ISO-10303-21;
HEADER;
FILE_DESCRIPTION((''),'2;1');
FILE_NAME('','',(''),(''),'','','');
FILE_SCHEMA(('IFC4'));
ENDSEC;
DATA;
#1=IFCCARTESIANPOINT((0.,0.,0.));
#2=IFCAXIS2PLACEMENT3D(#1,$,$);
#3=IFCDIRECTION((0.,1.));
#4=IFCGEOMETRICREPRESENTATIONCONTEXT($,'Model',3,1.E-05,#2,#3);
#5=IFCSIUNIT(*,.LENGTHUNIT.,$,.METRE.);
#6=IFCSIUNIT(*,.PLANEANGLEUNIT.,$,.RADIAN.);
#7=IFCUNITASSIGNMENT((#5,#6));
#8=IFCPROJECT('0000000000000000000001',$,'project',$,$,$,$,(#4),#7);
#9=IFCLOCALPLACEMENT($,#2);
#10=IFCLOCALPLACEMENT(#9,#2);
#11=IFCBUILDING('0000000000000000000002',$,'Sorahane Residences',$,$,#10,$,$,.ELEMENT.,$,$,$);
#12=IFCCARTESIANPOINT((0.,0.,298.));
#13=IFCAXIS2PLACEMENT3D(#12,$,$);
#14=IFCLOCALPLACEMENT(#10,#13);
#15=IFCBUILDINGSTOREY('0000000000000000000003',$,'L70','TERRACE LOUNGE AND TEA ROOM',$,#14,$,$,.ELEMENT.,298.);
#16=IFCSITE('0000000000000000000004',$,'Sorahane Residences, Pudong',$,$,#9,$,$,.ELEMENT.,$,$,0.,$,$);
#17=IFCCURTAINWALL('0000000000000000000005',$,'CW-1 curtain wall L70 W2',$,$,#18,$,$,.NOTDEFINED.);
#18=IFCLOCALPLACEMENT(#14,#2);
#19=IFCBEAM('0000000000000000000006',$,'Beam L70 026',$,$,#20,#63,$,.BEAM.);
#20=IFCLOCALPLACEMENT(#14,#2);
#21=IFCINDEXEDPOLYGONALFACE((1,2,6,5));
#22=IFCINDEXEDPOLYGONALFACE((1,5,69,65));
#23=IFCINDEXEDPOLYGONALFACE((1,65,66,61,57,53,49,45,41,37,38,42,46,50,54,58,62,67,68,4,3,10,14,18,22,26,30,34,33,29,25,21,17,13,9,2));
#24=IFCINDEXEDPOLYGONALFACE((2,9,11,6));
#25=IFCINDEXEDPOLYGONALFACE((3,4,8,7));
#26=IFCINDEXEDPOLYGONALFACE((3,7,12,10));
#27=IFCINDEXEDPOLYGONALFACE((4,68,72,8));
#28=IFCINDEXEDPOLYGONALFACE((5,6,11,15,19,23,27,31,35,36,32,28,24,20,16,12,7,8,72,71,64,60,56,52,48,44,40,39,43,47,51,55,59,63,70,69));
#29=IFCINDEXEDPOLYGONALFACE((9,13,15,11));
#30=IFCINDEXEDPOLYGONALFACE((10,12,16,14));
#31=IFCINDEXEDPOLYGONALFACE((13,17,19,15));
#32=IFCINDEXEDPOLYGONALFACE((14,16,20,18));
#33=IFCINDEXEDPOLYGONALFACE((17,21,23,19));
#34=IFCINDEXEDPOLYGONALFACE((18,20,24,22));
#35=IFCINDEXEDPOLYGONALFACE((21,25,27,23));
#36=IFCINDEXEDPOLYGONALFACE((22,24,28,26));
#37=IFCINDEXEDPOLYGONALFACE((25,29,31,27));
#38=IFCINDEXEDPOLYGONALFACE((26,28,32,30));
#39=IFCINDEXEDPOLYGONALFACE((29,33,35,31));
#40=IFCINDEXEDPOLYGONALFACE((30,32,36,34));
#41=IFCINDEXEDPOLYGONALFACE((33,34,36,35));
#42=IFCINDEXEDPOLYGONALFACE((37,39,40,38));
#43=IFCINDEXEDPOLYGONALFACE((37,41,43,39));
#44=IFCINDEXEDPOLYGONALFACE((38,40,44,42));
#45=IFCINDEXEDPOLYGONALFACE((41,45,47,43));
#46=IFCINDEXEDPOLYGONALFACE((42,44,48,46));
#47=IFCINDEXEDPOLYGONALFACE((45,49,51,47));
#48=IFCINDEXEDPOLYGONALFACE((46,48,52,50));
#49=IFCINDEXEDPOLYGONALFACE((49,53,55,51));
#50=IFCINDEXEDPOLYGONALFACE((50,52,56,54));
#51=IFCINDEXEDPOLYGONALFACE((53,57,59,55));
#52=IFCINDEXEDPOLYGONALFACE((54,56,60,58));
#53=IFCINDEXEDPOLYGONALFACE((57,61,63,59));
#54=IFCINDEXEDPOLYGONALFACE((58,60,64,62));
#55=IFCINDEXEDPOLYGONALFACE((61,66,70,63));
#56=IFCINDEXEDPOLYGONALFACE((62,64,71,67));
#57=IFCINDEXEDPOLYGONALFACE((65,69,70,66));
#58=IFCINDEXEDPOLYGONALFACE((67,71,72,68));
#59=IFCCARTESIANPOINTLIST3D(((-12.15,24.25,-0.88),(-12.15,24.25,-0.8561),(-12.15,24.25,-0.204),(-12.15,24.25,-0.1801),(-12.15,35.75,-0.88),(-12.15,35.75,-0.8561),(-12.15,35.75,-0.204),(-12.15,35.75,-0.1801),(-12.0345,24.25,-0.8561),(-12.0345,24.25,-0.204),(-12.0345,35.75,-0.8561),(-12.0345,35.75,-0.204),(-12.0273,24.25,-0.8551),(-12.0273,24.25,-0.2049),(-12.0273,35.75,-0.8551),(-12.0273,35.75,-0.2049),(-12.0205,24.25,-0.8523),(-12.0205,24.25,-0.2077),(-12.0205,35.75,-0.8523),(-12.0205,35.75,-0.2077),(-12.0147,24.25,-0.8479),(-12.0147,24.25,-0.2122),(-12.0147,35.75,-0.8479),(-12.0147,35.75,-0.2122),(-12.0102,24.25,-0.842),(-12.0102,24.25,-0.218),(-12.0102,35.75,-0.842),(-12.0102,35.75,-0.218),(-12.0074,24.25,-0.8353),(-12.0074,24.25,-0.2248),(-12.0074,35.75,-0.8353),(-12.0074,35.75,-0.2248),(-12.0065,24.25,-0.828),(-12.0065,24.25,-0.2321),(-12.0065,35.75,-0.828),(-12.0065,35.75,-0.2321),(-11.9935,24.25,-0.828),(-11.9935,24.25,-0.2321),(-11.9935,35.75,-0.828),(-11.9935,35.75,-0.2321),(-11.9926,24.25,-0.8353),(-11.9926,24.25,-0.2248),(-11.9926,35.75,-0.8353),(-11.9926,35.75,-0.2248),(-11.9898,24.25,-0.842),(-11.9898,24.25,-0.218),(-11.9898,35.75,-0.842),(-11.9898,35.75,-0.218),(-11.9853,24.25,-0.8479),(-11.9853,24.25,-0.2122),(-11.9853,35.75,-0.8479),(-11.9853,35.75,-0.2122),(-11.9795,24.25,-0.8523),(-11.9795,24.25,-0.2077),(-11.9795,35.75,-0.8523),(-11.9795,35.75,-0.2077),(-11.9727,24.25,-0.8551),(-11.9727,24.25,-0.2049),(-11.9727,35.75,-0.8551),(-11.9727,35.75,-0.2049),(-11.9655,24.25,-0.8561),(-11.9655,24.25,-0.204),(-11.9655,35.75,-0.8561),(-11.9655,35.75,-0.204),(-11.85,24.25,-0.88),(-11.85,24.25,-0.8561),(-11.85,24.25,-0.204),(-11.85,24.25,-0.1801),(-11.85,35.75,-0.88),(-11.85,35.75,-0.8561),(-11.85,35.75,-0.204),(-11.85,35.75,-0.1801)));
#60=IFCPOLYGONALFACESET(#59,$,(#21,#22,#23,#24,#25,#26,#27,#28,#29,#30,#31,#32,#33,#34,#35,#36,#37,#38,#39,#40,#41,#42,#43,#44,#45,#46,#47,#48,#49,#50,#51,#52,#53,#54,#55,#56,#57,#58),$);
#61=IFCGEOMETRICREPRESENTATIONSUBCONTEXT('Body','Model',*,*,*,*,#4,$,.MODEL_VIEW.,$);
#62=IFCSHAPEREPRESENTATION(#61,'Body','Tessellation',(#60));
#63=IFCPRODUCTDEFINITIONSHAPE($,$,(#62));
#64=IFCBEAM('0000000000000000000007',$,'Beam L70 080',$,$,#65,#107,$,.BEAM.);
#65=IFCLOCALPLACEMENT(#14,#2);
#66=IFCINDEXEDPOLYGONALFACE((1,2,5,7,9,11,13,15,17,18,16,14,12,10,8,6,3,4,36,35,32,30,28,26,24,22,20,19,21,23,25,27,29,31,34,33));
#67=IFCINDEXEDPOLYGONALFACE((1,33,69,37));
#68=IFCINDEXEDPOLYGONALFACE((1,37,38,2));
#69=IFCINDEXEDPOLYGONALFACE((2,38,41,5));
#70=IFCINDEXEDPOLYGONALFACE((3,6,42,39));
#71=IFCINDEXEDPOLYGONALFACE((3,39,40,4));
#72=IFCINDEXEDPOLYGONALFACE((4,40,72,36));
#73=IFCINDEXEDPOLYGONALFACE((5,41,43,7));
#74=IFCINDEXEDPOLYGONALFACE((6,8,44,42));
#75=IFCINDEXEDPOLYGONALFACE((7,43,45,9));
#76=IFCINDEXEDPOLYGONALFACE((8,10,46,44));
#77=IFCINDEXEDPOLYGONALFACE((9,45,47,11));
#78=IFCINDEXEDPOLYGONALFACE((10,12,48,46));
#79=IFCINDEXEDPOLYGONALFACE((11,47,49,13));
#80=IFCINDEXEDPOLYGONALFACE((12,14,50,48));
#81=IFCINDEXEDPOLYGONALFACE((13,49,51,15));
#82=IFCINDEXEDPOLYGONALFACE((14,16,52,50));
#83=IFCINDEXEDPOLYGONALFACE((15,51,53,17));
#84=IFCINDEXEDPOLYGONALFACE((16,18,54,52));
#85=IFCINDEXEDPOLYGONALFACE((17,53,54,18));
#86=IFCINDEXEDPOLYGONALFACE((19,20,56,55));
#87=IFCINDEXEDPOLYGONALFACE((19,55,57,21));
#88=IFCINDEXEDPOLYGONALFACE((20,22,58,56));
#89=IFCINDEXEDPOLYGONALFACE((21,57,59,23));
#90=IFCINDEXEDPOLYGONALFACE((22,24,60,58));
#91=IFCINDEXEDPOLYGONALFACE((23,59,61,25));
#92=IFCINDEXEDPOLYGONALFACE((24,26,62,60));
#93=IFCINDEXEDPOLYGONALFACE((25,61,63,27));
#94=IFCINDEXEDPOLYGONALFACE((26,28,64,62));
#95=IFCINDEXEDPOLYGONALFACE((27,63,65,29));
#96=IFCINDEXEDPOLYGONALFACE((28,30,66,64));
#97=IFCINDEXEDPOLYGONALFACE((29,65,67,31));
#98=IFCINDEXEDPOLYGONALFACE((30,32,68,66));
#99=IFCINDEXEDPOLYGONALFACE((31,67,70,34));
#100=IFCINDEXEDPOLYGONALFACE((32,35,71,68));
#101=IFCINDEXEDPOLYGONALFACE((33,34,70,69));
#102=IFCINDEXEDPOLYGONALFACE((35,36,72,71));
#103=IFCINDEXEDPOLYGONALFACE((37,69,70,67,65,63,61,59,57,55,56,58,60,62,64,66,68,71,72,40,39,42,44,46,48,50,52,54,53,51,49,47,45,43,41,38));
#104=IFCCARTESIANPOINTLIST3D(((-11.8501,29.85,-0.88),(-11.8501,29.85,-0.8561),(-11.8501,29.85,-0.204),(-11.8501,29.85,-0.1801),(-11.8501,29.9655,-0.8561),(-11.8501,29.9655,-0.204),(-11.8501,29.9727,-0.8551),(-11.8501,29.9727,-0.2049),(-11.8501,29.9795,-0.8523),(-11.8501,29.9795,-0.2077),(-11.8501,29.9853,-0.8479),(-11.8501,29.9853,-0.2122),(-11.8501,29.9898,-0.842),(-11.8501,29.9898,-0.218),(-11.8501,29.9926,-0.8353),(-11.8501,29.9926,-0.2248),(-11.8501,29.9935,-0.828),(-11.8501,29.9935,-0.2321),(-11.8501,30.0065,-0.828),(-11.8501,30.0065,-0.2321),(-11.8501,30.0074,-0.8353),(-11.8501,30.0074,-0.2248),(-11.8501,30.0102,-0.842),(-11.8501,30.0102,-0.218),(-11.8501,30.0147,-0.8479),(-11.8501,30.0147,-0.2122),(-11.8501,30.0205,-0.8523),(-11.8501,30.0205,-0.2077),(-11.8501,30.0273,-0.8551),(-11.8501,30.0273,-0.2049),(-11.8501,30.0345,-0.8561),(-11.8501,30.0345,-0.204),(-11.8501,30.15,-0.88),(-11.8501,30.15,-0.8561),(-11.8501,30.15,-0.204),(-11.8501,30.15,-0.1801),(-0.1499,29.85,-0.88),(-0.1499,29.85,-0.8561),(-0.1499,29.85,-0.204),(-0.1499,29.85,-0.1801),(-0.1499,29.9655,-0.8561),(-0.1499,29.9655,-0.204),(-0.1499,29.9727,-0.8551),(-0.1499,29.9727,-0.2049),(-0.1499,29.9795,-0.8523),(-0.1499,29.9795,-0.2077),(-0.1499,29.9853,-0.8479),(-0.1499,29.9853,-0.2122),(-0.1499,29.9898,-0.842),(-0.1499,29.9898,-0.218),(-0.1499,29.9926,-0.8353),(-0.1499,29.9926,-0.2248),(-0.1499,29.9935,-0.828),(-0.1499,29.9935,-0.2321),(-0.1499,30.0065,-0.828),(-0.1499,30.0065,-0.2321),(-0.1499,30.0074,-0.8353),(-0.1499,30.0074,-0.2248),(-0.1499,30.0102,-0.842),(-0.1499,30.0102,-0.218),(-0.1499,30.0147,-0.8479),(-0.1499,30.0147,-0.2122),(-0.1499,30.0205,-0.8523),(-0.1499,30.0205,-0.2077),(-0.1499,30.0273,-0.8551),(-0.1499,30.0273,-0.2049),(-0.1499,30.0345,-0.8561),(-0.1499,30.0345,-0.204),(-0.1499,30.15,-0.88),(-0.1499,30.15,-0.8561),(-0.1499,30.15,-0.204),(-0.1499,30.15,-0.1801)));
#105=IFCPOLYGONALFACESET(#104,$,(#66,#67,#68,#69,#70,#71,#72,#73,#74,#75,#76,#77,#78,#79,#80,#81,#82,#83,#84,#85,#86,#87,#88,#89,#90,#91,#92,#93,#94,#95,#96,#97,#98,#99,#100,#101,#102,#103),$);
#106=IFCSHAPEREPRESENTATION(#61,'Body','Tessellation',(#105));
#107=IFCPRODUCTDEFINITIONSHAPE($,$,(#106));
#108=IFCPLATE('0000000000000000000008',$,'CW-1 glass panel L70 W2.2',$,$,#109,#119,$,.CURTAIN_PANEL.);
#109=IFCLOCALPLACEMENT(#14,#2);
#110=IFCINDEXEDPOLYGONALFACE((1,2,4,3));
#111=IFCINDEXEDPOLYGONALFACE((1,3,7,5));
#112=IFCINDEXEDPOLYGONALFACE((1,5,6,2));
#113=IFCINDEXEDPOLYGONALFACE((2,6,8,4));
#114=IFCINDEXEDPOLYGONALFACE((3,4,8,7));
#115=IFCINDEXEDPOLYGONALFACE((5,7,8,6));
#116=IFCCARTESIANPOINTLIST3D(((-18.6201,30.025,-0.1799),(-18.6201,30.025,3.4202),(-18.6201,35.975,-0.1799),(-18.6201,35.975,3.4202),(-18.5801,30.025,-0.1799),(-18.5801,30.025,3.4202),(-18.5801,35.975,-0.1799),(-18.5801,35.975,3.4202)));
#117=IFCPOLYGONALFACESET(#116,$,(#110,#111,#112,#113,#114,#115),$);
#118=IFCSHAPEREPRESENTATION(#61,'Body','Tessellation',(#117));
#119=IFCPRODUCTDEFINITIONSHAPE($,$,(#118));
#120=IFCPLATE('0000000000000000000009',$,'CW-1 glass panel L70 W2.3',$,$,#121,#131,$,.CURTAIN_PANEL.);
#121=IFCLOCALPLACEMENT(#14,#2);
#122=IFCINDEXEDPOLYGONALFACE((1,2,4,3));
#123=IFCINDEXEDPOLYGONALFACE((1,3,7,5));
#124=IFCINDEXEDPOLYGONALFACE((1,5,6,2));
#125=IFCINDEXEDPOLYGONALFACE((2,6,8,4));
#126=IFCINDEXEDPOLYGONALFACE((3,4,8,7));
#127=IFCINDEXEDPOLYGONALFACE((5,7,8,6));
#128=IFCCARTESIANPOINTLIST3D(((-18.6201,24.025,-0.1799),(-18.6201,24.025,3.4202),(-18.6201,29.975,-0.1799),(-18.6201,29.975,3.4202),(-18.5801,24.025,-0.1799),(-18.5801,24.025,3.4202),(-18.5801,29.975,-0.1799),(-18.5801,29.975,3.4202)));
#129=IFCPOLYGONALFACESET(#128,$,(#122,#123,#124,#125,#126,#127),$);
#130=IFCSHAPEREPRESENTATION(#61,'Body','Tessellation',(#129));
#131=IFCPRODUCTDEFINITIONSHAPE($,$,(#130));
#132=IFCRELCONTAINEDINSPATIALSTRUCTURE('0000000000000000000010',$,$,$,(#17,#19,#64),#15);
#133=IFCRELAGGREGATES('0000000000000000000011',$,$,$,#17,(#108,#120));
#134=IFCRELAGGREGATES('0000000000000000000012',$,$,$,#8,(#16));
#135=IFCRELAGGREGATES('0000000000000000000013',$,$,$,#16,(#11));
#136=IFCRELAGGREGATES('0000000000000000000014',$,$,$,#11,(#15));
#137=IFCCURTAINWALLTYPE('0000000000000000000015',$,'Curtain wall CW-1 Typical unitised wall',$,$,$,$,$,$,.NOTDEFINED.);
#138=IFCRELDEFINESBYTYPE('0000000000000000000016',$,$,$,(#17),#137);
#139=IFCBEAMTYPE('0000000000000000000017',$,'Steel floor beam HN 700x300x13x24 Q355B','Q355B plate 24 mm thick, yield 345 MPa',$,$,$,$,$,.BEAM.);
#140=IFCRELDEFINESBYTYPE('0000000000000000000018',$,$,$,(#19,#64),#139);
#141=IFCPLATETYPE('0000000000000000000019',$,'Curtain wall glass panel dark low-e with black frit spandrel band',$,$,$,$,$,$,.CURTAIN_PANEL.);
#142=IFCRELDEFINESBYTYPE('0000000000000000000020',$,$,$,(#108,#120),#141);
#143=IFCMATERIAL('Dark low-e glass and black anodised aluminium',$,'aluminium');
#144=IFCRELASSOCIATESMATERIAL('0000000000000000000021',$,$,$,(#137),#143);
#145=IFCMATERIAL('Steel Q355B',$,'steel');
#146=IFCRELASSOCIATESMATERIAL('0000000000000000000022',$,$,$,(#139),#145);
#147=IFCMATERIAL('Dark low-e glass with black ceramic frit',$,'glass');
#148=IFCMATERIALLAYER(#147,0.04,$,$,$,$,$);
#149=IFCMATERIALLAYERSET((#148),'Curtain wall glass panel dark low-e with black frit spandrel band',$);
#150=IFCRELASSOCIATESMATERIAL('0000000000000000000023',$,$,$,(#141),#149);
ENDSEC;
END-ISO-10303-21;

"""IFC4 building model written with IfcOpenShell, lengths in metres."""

from ifc_helpers import new_model, si_unit, direction, frame, origin, origin_2d, place, context, subcontext, project, spatial, rectangle, i_section, extrude, material, layer, layer_set, material_profile, profile_set, type_object, element, aggregate, save


model = new_model("IFC4")

# Units and contexts
model_context = context("Model", 3, precision=1e-05, world=origin(), true_north=direction((0.0, 1.0)))
body_context = subcontext(model_context, "Body", "Model", "MODEL_VIEW")
ifc_project = project(units=[si_unit("LENGTHUNIT", "METRE"), si_unit("PLANEANGLEUNIT", "RADIAN")], contexts=[model_context])

# Site, building, storey
site_placement = place(None, origin())
site = spatial("IfcSite", under=ifc_project, at=site_placement, Name="Sorahane Residences, Pudong", CompositionType="ELEMENT", RefElevation=0.0)
building_placement = place(site_placement, origin())
building = spatial("IfcBuilding", under=site, at=building_placement, Name="Sorahane Residences", CompositionType="ELEMENT")
storey_placement = place(building_placement, frame((0.0, 0.0, 298.0)))
storey = spatial("IfcBuildingStorey", under=building, at=storey_placement, Name="L70", Description="TERRACE LOUNGE AND TEA ROOM", CompositionType="ELEMENT", Elevation=298.0)

# Curtain wall
ifc_material_1 = material(Name="Dark low-e glass and black anodised aluminium", Category="aluminium")
curtain_wall_type = type_object("IfcCurtainWallType", Name="Curtain wall CW-1 Typical unitised wall", PredefinedType="NOTDEFINED", material=ifc_material_1)
curtain_wall_placement = place(storey_placement, origin())
curtain_wall = element("IfcCurtainWall", 1, at=curtain_wall_placement, inside=storey, type_object=curtain_wall_type, Name="CW-1 curtain wall L70 W2", PredefinedType="NOTDEFINED")

# Beams
ifc_material_2 = material(Name="Steel Q355B", Category="steel")
ifc_material_profile_1 = material_profile(ifc_material_2, i_section(OverallWidth=0.3, OverallDepth=0.7, WebThickness=0.0129, FlangeThickness=0.0239, FilletRadius=0.0281, at=origin_2d()), Name="HN 700x300x13x24")
ifc_profile_set_1 = profile_set([ifc_material_profile_1], Name="Steel Q355B")
beam_type_1 = type_object("IfcBeamType", Name="Steel floor beam HN 700x300x13x24 Q355B", Description="Q355B plate 24 mm thick, yield 345 MPa", PredefinedType="BEAM", material=ifc_profile_set_1)
beam_1_placement = place(storey_placement, frame((-12.0, 24.25, -0.53), z_axis=(0.0, 1.0, 0.0), x_axis=(-1.0, 0.0, 0.0)))
element("IfcBeam", 2, at=beam_1_placement, inside=storey, type_object=beam_type_1, Name="Beam L70 026", PredefinedType="BEAM", context=body_context, shape_type="SweptSolid", body=[
    extrude(i_section(OverallWidth=0.3, OverallDepth=0.7, WebThickness=0.0129, FlangeThickness=0.0239, FilletRadius=0.0281, at=origin_2d()), origin(), (0.0, 0.0, 1.0), 11.5),
])
beam_2_placement = place(storey_placement, frame((-11.8501, 30.0, -0.53), z_axis=(1.0, 0.0, 0.0), x_axis=(0.0, 1.0, 0.0)))
element("IfcBeam", 3, at=beam_2_placement, inside=storey, type_object=beam_type_1, Name="Beam L70 080", PredefinedType="BEAM", context=body_context, shape_type="SweptSolid", body=[
    extrude(i_section(OverallWidth=0.3, OverallDepth=0.7, WebThickness=0.0129, FlangeThickness=0.0239, FilletRadius=0.0281, at=origin_2d()), origin(), (0.0, 0.0, 1.0), 11.7002),
])

# Plates
ifc_material_3 = material(Name="Dark low-e glass with black ceramic frit", Category="glass")
ifc_layer_1 = layer(ifc_material_3, 0.04)
ifc_layer_set_1 = layer_set([ifc_layer_1], Name="Curtain wall glass panel dark low-e with black frit spandrel band")
plate_type = type_object("IfcPlateType", Name="Curtain wall glass panel dark low-e with black frit spandrel band", PredefinedType="CURTAIN_PANEL", material=ifc_layer_set_1)
plate_1_placement = place(storey_placement, frame((-18.6001, 33.0, -0.1799), z_axis=(0.0, 0.0, 1.0), x_axis=(0.0, -1.0, 0.0)))
plate_1 = element("IfcPlate", 4, at=plate_1_placement, type_object=plate_type, Name="CW-1 glass panel L70 W2.2", PredefinedType="CURTAIN_PANEL", context=body_context, shape_type="SweptSolid", body=[
    extrude(rectangle(XDim=5.95, YDim=0.04, at=origin_2d()), origin(), (0.0, 0.0, 1.0), 3.6001),
])
plate_2_placement = place(storey_placement, frame((-18.6001, 27.0, -0.1799), z_axis=(0.0, 0.0, 1.0), x_axis=(0.0, -1.0, 0.0)))
plate_2 = element("IfcPlate", 5, at=plate_2_placement, type_object=plate_type, Name="CW-1 glass panel L70 W2.3", PredefinedType="CURTAIN_PANEL", context=body_context, shape_type="SweptSolid", body=[
    extrude(rectangle(XDim=5.95, YDim=0.04, at=origin_2d()), origin(), (0.0, 0.0, 1.0), 3.6001),
])
aggregate(curtain_wall, [plate_1, plate_2])

save(model, "model.ifc")
